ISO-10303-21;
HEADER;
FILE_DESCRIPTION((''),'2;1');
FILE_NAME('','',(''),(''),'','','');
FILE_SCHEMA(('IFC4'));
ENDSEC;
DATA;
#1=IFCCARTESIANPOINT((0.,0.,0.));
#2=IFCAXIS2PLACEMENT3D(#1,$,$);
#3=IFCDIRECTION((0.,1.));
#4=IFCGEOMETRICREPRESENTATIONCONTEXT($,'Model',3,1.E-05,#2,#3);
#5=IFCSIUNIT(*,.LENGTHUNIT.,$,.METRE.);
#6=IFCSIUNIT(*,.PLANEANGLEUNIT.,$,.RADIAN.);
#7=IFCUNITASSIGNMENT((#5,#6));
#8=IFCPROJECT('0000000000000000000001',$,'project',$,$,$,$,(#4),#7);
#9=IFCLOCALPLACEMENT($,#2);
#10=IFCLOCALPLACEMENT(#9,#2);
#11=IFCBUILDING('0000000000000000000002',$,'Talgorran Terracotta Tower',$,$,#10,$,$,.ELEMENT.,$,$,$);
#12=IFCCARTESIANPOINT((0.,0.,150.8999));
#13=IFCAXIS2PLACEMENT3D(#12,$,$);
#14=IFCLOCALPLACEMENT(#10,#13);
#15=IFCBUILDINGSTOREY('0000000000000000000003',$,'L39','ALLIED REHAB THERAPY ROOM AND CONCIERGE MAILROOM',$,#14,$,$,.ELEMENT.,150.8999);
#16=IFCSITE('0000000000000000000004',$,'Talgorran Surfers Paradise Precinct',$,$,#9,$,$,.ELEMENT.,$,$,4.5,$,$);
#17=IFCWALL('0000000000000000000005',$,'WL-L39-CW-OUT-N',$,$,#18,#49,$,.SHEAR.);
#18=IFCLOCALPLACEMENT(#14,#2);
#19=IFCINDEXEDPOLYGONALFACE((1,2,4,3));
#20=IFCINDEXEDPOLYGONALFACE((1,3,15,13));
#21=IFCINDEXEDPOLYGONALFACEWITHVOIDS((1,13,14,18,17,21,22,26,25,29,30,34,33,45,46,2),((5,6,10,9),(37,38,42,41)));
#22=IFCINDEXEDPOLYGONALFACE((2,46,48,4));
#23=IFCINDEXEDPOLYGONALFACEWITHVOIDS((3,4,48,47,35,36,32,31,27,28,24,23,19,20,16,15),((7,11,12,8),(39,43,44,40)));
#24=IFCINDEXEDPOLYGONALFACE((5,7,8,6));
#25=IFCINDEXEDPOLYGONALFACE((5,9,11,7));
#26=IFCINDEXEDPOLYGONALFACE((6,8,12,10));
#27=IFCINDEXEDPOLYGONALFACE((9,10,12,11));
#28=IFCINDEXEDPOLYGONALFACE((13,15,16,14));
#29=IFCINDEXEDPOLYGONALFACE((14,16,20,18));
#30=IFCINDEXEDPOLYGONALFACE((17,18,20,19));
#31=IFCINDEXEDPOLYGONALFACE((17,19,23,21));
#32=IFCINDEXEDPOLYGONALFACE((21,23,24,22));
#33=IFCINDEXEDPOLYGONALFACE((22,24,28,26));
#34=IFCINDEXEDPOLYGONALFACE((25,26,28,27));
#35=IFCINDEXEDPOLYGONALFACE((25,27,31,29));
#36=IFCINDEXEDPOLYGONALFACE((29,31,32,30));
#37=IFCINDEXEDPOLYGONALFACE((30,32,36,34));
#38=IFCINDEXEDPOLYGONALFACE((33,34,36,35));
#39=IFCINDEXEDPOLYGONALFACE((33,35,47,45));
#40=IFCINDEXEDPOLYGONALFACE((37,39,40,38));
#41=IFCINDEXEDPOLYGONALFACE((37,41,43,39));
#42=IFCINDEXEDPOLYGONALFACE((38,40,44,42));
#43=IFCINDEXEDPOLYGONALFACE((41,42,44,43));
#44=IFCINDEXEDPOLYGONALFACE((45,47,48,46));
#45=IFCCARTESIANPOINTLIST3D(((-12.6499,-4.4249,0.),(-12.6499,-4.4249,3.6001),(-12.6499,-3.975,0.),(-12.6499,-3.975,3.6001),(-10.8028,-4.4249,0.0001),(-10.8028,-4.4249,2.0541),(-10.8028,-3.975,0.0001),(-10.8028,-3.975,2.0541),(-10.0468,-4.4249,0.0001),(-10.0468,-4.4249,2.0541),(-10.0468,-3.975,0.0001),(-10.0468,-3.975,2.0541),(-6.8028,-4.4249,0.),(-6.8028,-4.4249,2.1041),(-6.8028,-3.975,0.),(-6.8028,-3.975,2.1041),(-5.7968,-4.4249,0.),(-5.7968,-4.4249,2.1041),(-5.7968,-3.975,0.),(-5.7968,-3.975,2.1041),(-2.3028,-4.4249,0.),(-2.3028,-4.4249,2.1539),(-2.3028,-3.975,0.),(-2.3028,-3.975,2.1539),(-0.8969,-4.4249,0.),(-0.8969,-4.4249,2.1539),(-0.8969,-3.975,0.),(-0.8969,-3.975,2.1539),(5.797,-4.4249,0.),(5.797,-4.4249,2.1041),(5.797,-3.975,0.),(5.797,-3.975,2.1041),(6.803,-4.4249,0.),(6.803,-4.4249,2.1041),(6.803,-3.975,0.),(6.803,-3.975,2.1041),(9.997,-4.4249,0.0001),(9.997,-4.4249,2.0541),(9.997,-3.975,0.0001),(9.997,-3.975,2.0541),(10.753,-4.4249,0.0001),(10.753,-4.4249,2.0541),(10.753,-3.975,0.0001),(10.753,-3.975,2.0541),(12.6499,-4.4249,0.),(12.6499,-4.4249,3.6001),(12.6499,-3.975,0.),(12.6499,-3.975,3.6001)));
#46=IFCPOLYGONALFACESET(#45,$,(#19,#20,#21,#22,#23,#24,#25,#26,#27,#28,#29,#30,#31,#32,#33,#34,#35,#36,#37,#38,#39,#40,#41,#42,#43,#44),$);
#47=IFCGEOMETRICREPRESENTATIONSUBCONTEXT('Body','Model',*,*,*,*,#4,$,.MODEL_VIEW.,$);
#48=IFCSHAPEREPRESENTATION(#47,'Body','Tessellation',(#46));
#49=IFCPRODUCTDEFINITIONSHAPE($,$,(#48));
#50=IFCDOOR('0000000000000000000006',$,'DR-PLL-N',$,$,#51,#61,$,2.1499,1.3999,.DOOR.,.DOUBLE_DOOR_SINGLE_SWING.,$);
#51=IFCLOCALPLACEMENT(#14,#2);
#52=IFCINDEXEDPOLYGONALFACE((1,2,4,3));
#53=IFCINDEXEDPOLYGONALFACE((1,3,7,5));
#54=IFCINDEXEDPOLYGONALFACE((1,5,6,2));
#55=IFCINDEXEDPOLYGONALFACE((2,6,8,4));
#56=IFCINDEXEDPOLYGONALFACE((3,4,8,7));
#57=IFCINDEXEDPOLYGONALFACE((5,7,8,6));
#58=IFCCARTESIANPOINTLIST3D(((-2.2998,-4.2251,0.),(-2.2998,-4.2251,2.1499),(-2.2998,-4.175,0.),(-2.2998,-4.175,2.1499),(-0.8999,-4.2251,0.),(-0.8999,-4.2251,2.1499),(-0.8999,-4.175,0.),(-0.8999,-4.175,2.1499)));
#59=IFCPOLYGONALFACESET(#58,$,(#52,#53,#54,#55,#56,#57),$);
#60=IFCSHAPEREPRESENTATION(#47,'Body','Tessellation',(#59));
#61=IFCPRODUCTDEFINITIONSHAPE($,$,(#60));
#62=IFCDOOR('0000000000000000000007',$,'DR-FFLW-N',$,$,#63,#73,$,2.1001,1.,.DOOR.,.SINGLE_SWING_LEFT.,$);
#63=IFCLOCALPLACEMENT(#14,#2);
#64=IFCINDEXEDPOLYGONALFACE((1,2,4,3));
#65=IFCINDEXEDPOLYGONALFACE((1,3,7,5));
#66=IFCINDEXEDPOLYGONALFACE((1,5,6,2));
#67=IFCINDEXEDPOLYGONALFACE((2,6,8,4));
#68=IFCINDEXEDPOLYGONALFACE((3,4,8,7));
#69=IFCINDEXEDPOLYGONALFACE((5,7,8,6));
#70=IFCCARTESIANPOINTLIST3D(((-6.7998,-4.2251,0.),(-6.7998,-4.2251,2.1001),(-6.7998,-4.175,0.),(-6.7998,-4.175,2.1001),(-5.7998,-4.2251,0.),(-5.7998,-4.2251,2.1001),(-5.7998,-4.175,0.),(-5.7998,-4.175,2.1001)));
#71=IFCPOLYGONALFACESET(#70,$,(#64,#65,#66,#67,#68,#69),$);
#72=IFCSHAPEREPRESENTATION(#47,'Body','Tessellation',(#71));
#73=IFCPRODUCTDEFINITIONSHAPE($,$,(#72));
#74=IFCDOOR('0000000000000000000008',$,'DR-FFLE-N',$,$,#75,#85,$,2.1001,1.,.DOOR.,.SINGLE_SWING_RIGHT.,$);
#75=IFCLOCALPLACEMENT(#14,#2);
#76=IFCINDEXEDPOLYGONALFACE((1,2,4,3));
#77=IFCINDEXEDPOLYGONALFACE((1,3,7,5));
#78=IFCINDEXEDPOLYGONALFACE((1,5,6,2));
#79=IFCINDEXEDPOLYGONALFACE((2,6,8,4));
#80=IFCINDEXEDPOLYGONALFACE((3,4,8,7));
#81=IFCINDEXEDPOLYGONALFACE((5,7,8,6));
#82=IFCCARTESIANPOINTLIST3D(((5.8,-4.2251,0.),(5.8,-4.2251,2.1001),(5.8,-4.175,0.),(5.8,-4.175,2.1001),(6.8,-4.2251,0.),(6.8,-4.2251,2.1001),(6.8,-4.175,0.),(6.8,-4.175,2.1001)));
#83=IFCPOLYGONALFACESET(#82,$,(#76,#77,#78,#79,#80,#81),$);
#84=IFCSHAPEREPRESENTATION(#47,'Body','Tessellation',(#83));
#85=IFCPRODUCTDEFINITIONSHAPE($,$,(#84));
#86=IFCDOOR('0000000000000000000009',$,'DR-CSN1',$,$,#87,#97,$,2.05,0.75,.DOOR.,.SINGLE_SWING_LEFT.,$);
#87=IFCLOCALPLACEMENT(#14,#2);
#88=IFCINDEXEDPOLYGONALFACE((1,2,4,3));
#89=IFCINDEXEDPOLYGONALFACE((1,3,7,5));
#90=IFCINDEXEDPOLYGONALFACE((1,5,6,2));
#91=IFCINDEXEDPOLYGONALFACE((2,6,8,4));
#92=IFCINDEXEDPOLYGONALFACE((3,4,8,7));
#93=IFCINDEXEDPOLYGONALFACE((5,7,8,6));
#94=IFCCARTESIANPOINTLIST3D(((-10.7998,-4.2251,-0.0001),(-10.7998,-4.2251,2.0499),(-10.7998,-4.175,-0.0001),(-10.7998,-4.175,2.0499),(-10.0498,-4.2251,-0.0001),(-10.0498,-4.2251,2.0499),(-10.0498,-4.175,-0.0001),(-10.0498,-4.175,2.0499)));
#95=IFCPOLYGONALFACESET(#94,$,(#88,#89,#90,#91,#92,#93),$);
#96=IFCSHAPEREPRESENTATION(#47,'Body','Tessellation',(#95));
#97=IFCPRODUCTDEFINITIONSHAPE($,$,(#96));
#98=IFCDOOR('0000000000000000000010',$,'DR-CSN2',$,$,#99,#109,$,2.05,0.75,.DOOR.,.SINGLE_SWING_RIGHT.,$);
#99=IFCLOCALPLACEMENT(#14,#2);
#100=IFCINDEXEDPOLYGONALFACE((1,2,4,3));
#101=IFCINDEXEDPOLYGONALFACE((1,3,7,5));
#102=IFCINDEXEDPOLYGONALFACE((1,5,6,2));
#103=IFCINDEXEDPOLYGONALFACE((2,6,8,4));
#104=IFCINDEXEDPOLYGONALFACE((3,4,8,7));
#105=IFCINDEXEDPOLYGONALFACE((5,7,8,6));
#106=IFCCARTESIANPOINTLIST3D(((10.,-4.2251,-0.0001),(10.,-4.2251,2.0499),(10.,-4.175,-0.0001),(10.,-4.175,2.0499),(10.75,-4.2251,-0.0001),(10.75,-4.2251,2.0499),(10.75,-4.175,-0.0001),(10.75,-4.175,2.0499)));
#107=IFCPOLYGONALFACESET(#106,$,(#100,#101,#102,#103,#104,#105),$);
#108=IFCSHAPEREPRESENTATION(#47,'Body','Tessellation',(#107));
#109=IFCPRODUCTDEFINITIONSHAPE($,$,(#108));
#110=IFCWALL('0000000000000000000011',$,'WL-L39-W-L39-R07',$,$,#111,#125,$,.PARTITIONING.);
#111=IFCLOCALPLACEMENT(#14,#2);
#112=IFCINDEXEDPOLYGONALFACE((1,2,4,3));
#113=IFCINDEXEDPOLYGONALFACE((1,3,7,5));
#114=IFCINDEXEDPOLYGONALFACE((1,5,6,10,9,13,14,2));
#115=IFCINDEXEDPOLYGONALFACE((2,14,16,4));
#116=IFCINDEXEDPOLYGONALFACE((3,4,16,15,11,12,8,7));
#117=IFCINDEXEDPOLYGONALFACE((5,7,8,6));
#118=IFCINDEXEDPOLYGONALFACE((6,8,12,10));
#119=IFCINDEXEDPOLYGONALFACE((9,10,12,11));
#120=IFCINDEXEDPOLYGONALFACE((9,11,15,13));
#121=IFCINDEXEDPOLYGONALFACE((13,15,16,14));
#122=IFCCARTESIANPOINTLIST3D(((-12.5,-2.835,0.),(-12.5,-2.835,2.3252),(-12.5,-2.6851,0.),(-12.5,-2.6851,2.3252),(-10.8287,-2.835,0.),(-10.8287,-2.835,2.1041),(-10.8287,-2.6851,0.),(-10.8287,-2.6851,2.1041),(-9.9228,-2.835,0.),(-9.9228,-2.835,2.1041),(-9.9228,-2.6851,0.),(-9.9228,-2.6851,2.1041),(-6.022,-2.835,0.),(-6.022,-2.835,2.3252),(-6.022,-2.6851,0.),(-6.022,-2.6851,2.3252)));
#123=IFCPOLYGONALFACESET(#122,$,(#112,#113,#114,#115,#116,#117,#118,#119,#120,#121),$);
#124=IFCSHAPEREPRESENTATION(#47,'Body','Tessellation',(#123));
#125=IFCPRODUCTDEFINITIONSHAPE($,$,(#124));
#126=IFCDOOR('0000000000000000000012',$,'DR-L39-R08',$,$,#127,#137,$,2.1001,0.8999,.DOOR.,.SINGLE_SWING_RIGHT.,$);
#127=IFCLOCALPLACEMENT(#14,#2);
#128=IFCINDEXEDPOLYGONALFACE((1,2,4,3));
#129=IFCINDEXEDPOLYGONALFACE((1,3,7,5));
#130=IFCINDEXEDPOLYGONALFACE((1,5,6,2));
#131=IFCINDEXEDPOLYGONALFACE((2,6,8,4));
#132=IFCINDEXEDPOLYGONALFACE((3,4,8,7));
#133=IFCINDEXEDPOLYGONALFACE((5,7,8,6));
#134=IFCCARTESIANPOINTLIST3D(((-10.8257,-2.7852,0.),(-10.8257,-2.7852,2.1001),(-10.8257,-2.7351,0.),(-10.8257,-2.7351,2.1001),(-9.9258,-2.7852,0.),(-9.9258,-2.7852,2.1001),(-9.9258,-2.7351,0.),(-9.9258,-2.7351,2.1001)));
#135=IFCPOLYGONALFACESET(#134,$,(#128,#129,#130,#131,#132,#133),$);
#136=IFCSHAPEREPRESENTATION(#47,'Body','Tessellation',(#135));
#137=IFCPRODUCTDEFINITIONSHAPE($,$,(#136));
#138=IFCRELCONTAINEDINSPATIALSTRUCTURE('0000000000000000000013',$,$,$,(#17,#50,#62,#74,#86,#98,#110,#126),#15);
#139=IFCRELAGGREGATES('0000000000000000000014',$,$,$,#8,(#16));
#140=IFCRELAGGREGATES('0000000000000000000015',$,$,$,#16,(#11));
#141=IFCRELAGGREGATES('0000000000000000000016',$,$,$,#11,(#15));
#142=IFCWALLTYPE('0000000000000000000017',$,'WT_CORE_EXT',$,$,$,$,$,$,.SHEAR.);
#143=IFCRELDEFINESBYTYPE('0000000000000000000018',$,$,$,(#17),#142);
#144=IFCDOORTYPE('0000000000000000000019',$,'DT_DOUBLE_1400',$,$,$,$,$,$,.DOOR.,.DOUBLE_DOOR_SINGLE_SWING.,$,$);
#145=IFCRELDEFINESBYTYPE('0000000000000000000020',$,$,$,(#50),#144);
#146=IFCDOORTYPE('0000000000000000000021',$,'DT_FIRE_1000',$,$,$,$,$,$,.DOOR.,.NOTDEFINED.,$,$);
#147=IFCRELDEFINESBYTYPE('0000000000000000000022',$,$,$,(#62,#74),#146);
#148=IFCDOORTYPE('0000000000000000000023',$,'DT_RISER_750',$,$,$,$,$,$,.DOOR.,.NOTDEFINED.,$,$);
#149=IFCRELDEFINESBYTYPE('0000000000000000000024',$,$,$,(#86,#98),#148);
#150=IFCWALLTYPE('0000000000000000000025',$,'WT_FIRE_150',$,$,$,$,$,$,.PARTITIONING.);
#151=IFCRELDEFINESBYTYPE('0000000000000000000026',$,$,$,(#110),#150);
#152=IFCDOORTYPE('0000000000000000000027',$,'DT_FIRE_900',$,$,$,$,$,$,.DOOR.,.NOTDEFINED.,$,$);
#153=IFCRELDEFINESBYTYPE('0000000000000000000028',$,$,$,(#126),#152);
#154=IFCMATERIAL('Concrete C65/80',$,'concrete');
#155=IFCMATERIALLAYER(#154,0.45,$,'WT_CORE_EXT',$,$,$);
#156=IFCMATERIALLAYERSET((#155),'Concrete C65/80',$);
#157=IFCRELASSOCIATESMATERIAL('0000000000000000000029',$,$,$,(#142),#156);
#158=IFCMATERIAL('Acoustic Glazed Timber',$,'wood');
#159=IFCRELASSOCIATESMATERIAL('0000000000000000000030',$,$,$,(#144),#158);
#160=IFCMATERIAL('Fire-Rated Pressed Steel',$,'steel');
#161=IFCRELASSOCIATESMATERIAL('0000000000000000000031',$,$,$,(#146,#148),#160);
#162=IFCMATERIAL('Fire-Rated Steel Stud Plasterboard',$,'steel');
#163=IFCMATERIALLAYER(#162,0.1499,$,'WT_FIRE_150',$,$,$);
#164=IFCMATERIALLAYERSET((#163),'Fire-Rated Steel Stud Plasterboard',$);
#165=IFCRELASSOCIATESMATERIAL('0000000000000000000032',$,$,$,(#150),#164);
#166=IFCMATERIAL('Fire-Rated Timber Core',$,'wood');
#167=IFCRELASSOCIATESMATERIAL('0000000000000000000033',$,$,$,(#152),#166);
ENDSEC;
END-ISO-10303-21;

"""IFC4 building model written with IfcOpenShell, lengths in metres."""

from ifc_helpers import new_model, si_unit, direction, frame, frame_2d, origin, place, context, subcontext, project, spatial, rectangle, extrude, material, layer, layer_set, type_object, element, fill, save


model = new_model("IFC4")

# Units and contexts
model_context = context("Model", 3, precision=1e-05, world=origin(), true_north=direction((0.0, 1.0)))
body_context = subcontext(model_context, "Body", "Model", "MODEL_VIEW")
ifc_project = project(units=[si_unit("LENGTHUNIT", "METRE"), si_unit("PLANEANGLEUNIT", "RADIAN")], contexts=[model_context])

# Site, building, storey
site_placement = place(None, origin())
site = spatial("IfcSite", under=ifc_project, at=site_placement, Name="Talgorran Surfers Paradise Precinct", CompositionType="ELEMENT", RefElevation=4.5)
building_placement = place(site_placement, origin())
building = spatial("IfcBuilding", under=site, at=building_placement, Name="Talgorran Terracotta Tower", CompositionType="ELEMENT")
storey_placement = place(building_placement, frame((0.0, 0.0, 150.8999)))
storey = spatial("IfcBuildingStorey", under=building, at=storey_placement, Name="L39", Description="ALLIED REHAB THERAPY ROOM AND CONCIERGE MAILROOM", CompositionType="ELEMENT", Elevation=150.8999)

# Wall, openings, doors
ifc_material_1 = material(Name="Concrete C65/80", Category="concrete")
ifc_layer_1 = layer(ifc_material_1, 0.45, Name="WT_CORE_EXT")
ifc_layer_set_1 = layer_set([ifc_layer_1], Name="Concrete C65/80")
wall_type_1 = type_object("IfcWallType", Name="WT_CORE_EXT", PredefinedType="SHEAR", material=ifc_layer_set_1)
wall_1_placement = place(storey_placement, frame((-12.6499, -4.2, 0.0), z_axis=(0.0, 0.0, 1.0), x_axis=(1.0, 0.0, 0.0)))
wall_1 = element("IfcWall", 1, at=wall_1_placement, inside=storey, type_object=wall_type_1, Name="WL-L39-CW-OUT-N", PredefinedType="SHEAR", context=body_context, shape_type="SweptSolid", body=[
    extrude(rectangle(XDim=25.2998, YDim=0.45, at=frame_2d((12.6499, 0.0))), origin(), (0.0, 0.0, 1.0), 3.6001),
])
opening_1_placement = place(wall_1_placement, frame((1.8501, 0.0, 0.0)))
opening_1 = element("IfcOpeningElement", 2, at=opening_1_placement, cuts=wall_1, PredefinedType="OPENING", context=body_context, shape_type="SweptSolid", body=[
    extrude(rectangle(XDim=0.756, YDim=2.054, at=frame_2d((0.375, 1.0271))), frame((0.0, 0.2349, 0.0), z_axis=(0.0, -1.0, 0.0), x_axis=(1.0, 0.0, 0.0)), (0.0, 0.0, 1.0), 0.47),
])
opening_2_placement = place(wall_1_placement, frame((22.6499, 0.0, 0.0)))
opening_2 = element("IfcOpeningElement", 3, at=opening_2_placement, cuts=wall_1, PredefinedType="OPENING", context=body_context, shape_type="SweptSolid", body=[
    extrude(rectangle(XDim=0.756, YDim=2.054, at=frame_2d((0.375, 1.0271))), frame((0.0, 0.2349, 0.0), z_axis=(0.0, -1.0, 0.0), x_axis=(1.0, 0.0, 0.0)), (0.0, 0.0, 1.0), 0.47),
])
opening_3_placement = place(wall_1_placement, frame((5.8501, 0.0, 0.0)))
opening_3 = element("IfcOpeningElement", 4, at=opening_3_placement, cuts=wall_1, PredefinedType="OPENING", context=body_context, shape_type="SweptSolid", body=[
    extrude(rectangle(XDim=1.006, YDim=2.1041, at=frame_2d((0.5, 1.052))), frame((0.0, 0.2349, 0.0), z_axis=(0.0, -1.0, 0.0), x_axis=(1.0, 0.0, 0.0)), (0.0, 0.0, 1.0), 0.47),
])
opening_4_placement = place(wall_1_placement, frame((10.3501, 0.0, 0.0)))
opening_4 = element("IfcOpeningElement", 5, at=opening_4_placement, cuts=wall_1, PredefinedType="OPENING", context=body_context, shape_type="SweptSolid", body=[
    extrude(rectangle(XDim=1.4059, YDim=2.1539, at=frame_2d((0.7, 1.0769))), frame((0.0, 0.2349, 0.0), z_axis=(0.0, -1.0, 0.0), x_axis=(1.0, 0.0, 0.0)), (0.0, 0.0, 1.0), 0.47),
])
opening_5_placement = place(wall_1_placement, frame((18.45, 0.0, 0.0)))
opening_5 = element("IfcOpeningElement", 6, at=opening_5_placement, cuts=wall_1, PredefinedType="OPENING", context=body_context, shape_type="SweptSolid", body=[
    extrude(rectangle(XDim=1.006, YDim=2.1041, at=frame_2d((0.5, 1.052))), frame((0.0, 0.2349, 0.0), z_axis=(0.0, -1.0, 0.0), x_axis=(1.0, 0.0, 0.0)), (0.0, 0.0, 1.0), 0.47),
])
ifc_material_2 = material(Name="Acoustic Glazed Timber", Category="wood")
door_type_1 = type_object("IfcDoorType", Name="DT_DOUBLE_1400", OperationType="DOUBLE_DOOR_SINGLE_SWING", PredefinedType="DOOR", material=ifc_material_2)
door_1_placement = place(opening_4_placement, origin())
door_1 = element("IfcDoor", 7, at=door_1_placement, inside=storey, type_object=door_type_1, Name="DR-PLL-N", OperationType="DOUBLE_DOOR_SINGLE_SWING", OverallHeight=2.1499, OverallWidth=1.3999, PredefinedType="DOOR", context=body_context, shape_type="SweptSolid", body=[
    extrude(rectangle(XDim=1.3999, YDim=2.1499, at=frame_2d((0.7, 1.075))), frame((0.0, 0.0249, 0.0), z_axis=(0.0, -1.0, 0.0), x_axis=(1.0, 0.0, 0.0)), (0.0, 0.0, 1.0), 0.05),
])
fill(opening_4, door_1)
ifc_material_3 = material(Name="Fire-Rated Pressed Steel", Category="steel")
door_type_2 = type_object("IfcDoorType", Name="DT_FIRE_1000", OperationType="NOTDEFINED", PredefinedType="DOOR", material=ifc_material_3)
door_2_placement = place(opening_3_placement, origin())
door_2 = element("IfcDoor", 8, at=door_2_placement, inside=storey, type_object=door_type_2, Name="DR-FFLW-N", OperationType="SINGLE_SWING_LEFT", OverallHeight=2.1001, OverallWidth=1.0, PredefinedType="DOOR", context=body_context, shape_type="SweptSolid", body=[
    extrude(rectangle(XDim=1.0, YDim=2.1001, at=frame_2d((0.5, 1.05))), frame((0.0, 0.0249, 0.0), z_axis=(0.0, -1.0, 0.0), x_axis=(1.0, 0.0, 0.0)), (0.0, 0.0, 1.0), 0.05),
])
fill(opening_3, door_2)
door_3_placement = place(opening_5_placement, origin())
door_3 = element("IfcDoor", 9, at=door_3_placement, inside=storey, type_object=door_type_2, Name="DR-FFLE-N", OperationType="SINGLE_SWING_RIGHT", OverallHeight=2.1001, OverallWidth=1.0, PredefinedType="DOOR", context=body_context, shape_type="SweptSolid", body=[
    extrude(rectangle(XDim=1.0, YDim=2.1001, at=frame_2d((0.5, 1.05))), frame((0.0, 0.0249, 0.0), z_axis=(0.0, -1.0, 0.0), x_axis=(1.0, 0.0, 0.0)), (0.0, 0.0, 1.0), 0.05),
])
fill(opening_5, door_3)
door_type_3 = type_object("IfcDoorType", Name="DT_RISER_750", OperationType="NOTDEFINED", PredefinedType="DOOR", material=ifc_material_3)
door_4_placement = place(opening_1_placement, origin())
door_4 = element("IfcDoor", 10, at=door_4_placement, inside=storey, type_object=door_type_3, Name="DR-CSN1", OperationType="SINGLE_SWING_LEFT", OverallHeight=2.05, OverallWidth=0.75, PredefinedType="DOOR", context=body_context, shape_type="SweptSolid", body=[
    extrude(rectangle(XDim=0.75, YDim=2.05, at=frame_2d((0.375, 1.0249))), frame((0.0, 0.0249, 0.0), z_axis=(0.0, -1.0, 0.0), x_axis=(1.0, 0.0, 0.0)), (0.0, 0.0, 1.0), 0.05),
])
fill(opening_1, door_4)
door_5_placement = place(opening_2_placement, origin())
door_5 = element("IfcDoor", 11, at=door_5_placement, inside=storey, type_object=door_type_3, Name="DR-CSN2", OperationType="SINGLE_SWING_RIGHT", OverallHeight=2.05, OverallWidth=0.75, PredefinedType="DOOR", context=body_context, shape_type="SweptSolid", body=[
    extrude(rectangle(XDim=0.75, YDim=2.05, at=frame_2d((0.375, 1.0249))), frame((0.0, 0.0249, 0.0), z_axis=(0.0, -1.0, 0.0), x_axis=(1.0, 0.0, 0.0)), (0.0, 0.0, 1.0), 0.05),
])
fill(opening_2, door_5)

# Wall, opening, door
ifc_material_4 = material(Name="Fire-Rated Steel Stud Plasterboard", Category="steel")
ifc_layer_2 = layer(ifc_material_4, 0.1499, Name="WT_FIRE_150")
ifc_layer_set_2 = layer_set([ifc_layer_2], Name="Fire-Rated Steel Stud Plasterboard")
wall_type_2 = type_object("IfcWallType", Name="WT_FIRE_150", PredefinedType="PARTITIONING", material=ifc_layer_set_2)
wall_2_placement = place(storey_placement, frame((-12.5, -2.76, 0.0), z_axis=(0.0, 0.0, 1.0), x_axis=(1.0, 0.0, 0.0)))
wall_2 = element("IfcWall", 12, at=wall_2_placement, inside=storey, type_object=wall_type_2, Name="WL-L39-W-L39-R07", PredefinedType="PARTITIONING", context=body_context, shape_type="SweptSolid", body=[
    extrude(rectangle(XDim=6.478, YDim=0.1499, at=frame_2d((3.239, 0.0))), origin(), (0.0, 0.0, 1.0), 2.3252),
])
opening_6_placement = place(wall_2_placement, frame((1.6743, 0.0, 0.0)))
opening_6 = element("IfcOpeningElement", 13, at=opening_6_placement, cuts=wall_2, PredefinedType="OPENING", context=body_context, shape_type="SweptSolid", body=[
    extrude(rectangle(XDim=0.9059, YDim=2.1041, at=frame_2d((0.45, 1.052))), frame((0.0, 0.085, 0.0), z_axis=(0.0, -1.0, 0.0), x_axis=(1.0, 0.0, 0.0)), (0.0, 0.0, 1.0), 0.1699),
])
ifc_material_5 = material(Name="Fire-Rated Timber Core", Category="wood")
door_type_4 = type_object("IfcDoorType", Name="DT_FIRE_900", OperationType="NOTDEFINED", PredefinedType="DOOR", material=ifc_material_5)
door_6_placement = place(opening_6_placement, origin())
door_6 = element("IfcDoor", 14, at=door_6_placement, inside=storey, type_object=door_type_4, Name="DR-L39-R08", OperationType="SINGLE_SWING_RIGHT", OverallHeight=2.1001, OverallWidth=0.8999, PredefinedType="DOOR", context=body_context, shape_type="SweptSolid", body=[
    extrude(rectangle(XDim=0.8999, YDim=2.1001, at=frame_2d((0.45, 1.05))), frame((0.0, 0.0249, 0.0), z_axis=(0.0, -1.0, 0.0), x_axis=(1.0, 0.0, 0.0)), (0.0, 0.0, 1.0), 0.05),
])
fill(opening_6, door_6)

save(model, "model.ifc")
